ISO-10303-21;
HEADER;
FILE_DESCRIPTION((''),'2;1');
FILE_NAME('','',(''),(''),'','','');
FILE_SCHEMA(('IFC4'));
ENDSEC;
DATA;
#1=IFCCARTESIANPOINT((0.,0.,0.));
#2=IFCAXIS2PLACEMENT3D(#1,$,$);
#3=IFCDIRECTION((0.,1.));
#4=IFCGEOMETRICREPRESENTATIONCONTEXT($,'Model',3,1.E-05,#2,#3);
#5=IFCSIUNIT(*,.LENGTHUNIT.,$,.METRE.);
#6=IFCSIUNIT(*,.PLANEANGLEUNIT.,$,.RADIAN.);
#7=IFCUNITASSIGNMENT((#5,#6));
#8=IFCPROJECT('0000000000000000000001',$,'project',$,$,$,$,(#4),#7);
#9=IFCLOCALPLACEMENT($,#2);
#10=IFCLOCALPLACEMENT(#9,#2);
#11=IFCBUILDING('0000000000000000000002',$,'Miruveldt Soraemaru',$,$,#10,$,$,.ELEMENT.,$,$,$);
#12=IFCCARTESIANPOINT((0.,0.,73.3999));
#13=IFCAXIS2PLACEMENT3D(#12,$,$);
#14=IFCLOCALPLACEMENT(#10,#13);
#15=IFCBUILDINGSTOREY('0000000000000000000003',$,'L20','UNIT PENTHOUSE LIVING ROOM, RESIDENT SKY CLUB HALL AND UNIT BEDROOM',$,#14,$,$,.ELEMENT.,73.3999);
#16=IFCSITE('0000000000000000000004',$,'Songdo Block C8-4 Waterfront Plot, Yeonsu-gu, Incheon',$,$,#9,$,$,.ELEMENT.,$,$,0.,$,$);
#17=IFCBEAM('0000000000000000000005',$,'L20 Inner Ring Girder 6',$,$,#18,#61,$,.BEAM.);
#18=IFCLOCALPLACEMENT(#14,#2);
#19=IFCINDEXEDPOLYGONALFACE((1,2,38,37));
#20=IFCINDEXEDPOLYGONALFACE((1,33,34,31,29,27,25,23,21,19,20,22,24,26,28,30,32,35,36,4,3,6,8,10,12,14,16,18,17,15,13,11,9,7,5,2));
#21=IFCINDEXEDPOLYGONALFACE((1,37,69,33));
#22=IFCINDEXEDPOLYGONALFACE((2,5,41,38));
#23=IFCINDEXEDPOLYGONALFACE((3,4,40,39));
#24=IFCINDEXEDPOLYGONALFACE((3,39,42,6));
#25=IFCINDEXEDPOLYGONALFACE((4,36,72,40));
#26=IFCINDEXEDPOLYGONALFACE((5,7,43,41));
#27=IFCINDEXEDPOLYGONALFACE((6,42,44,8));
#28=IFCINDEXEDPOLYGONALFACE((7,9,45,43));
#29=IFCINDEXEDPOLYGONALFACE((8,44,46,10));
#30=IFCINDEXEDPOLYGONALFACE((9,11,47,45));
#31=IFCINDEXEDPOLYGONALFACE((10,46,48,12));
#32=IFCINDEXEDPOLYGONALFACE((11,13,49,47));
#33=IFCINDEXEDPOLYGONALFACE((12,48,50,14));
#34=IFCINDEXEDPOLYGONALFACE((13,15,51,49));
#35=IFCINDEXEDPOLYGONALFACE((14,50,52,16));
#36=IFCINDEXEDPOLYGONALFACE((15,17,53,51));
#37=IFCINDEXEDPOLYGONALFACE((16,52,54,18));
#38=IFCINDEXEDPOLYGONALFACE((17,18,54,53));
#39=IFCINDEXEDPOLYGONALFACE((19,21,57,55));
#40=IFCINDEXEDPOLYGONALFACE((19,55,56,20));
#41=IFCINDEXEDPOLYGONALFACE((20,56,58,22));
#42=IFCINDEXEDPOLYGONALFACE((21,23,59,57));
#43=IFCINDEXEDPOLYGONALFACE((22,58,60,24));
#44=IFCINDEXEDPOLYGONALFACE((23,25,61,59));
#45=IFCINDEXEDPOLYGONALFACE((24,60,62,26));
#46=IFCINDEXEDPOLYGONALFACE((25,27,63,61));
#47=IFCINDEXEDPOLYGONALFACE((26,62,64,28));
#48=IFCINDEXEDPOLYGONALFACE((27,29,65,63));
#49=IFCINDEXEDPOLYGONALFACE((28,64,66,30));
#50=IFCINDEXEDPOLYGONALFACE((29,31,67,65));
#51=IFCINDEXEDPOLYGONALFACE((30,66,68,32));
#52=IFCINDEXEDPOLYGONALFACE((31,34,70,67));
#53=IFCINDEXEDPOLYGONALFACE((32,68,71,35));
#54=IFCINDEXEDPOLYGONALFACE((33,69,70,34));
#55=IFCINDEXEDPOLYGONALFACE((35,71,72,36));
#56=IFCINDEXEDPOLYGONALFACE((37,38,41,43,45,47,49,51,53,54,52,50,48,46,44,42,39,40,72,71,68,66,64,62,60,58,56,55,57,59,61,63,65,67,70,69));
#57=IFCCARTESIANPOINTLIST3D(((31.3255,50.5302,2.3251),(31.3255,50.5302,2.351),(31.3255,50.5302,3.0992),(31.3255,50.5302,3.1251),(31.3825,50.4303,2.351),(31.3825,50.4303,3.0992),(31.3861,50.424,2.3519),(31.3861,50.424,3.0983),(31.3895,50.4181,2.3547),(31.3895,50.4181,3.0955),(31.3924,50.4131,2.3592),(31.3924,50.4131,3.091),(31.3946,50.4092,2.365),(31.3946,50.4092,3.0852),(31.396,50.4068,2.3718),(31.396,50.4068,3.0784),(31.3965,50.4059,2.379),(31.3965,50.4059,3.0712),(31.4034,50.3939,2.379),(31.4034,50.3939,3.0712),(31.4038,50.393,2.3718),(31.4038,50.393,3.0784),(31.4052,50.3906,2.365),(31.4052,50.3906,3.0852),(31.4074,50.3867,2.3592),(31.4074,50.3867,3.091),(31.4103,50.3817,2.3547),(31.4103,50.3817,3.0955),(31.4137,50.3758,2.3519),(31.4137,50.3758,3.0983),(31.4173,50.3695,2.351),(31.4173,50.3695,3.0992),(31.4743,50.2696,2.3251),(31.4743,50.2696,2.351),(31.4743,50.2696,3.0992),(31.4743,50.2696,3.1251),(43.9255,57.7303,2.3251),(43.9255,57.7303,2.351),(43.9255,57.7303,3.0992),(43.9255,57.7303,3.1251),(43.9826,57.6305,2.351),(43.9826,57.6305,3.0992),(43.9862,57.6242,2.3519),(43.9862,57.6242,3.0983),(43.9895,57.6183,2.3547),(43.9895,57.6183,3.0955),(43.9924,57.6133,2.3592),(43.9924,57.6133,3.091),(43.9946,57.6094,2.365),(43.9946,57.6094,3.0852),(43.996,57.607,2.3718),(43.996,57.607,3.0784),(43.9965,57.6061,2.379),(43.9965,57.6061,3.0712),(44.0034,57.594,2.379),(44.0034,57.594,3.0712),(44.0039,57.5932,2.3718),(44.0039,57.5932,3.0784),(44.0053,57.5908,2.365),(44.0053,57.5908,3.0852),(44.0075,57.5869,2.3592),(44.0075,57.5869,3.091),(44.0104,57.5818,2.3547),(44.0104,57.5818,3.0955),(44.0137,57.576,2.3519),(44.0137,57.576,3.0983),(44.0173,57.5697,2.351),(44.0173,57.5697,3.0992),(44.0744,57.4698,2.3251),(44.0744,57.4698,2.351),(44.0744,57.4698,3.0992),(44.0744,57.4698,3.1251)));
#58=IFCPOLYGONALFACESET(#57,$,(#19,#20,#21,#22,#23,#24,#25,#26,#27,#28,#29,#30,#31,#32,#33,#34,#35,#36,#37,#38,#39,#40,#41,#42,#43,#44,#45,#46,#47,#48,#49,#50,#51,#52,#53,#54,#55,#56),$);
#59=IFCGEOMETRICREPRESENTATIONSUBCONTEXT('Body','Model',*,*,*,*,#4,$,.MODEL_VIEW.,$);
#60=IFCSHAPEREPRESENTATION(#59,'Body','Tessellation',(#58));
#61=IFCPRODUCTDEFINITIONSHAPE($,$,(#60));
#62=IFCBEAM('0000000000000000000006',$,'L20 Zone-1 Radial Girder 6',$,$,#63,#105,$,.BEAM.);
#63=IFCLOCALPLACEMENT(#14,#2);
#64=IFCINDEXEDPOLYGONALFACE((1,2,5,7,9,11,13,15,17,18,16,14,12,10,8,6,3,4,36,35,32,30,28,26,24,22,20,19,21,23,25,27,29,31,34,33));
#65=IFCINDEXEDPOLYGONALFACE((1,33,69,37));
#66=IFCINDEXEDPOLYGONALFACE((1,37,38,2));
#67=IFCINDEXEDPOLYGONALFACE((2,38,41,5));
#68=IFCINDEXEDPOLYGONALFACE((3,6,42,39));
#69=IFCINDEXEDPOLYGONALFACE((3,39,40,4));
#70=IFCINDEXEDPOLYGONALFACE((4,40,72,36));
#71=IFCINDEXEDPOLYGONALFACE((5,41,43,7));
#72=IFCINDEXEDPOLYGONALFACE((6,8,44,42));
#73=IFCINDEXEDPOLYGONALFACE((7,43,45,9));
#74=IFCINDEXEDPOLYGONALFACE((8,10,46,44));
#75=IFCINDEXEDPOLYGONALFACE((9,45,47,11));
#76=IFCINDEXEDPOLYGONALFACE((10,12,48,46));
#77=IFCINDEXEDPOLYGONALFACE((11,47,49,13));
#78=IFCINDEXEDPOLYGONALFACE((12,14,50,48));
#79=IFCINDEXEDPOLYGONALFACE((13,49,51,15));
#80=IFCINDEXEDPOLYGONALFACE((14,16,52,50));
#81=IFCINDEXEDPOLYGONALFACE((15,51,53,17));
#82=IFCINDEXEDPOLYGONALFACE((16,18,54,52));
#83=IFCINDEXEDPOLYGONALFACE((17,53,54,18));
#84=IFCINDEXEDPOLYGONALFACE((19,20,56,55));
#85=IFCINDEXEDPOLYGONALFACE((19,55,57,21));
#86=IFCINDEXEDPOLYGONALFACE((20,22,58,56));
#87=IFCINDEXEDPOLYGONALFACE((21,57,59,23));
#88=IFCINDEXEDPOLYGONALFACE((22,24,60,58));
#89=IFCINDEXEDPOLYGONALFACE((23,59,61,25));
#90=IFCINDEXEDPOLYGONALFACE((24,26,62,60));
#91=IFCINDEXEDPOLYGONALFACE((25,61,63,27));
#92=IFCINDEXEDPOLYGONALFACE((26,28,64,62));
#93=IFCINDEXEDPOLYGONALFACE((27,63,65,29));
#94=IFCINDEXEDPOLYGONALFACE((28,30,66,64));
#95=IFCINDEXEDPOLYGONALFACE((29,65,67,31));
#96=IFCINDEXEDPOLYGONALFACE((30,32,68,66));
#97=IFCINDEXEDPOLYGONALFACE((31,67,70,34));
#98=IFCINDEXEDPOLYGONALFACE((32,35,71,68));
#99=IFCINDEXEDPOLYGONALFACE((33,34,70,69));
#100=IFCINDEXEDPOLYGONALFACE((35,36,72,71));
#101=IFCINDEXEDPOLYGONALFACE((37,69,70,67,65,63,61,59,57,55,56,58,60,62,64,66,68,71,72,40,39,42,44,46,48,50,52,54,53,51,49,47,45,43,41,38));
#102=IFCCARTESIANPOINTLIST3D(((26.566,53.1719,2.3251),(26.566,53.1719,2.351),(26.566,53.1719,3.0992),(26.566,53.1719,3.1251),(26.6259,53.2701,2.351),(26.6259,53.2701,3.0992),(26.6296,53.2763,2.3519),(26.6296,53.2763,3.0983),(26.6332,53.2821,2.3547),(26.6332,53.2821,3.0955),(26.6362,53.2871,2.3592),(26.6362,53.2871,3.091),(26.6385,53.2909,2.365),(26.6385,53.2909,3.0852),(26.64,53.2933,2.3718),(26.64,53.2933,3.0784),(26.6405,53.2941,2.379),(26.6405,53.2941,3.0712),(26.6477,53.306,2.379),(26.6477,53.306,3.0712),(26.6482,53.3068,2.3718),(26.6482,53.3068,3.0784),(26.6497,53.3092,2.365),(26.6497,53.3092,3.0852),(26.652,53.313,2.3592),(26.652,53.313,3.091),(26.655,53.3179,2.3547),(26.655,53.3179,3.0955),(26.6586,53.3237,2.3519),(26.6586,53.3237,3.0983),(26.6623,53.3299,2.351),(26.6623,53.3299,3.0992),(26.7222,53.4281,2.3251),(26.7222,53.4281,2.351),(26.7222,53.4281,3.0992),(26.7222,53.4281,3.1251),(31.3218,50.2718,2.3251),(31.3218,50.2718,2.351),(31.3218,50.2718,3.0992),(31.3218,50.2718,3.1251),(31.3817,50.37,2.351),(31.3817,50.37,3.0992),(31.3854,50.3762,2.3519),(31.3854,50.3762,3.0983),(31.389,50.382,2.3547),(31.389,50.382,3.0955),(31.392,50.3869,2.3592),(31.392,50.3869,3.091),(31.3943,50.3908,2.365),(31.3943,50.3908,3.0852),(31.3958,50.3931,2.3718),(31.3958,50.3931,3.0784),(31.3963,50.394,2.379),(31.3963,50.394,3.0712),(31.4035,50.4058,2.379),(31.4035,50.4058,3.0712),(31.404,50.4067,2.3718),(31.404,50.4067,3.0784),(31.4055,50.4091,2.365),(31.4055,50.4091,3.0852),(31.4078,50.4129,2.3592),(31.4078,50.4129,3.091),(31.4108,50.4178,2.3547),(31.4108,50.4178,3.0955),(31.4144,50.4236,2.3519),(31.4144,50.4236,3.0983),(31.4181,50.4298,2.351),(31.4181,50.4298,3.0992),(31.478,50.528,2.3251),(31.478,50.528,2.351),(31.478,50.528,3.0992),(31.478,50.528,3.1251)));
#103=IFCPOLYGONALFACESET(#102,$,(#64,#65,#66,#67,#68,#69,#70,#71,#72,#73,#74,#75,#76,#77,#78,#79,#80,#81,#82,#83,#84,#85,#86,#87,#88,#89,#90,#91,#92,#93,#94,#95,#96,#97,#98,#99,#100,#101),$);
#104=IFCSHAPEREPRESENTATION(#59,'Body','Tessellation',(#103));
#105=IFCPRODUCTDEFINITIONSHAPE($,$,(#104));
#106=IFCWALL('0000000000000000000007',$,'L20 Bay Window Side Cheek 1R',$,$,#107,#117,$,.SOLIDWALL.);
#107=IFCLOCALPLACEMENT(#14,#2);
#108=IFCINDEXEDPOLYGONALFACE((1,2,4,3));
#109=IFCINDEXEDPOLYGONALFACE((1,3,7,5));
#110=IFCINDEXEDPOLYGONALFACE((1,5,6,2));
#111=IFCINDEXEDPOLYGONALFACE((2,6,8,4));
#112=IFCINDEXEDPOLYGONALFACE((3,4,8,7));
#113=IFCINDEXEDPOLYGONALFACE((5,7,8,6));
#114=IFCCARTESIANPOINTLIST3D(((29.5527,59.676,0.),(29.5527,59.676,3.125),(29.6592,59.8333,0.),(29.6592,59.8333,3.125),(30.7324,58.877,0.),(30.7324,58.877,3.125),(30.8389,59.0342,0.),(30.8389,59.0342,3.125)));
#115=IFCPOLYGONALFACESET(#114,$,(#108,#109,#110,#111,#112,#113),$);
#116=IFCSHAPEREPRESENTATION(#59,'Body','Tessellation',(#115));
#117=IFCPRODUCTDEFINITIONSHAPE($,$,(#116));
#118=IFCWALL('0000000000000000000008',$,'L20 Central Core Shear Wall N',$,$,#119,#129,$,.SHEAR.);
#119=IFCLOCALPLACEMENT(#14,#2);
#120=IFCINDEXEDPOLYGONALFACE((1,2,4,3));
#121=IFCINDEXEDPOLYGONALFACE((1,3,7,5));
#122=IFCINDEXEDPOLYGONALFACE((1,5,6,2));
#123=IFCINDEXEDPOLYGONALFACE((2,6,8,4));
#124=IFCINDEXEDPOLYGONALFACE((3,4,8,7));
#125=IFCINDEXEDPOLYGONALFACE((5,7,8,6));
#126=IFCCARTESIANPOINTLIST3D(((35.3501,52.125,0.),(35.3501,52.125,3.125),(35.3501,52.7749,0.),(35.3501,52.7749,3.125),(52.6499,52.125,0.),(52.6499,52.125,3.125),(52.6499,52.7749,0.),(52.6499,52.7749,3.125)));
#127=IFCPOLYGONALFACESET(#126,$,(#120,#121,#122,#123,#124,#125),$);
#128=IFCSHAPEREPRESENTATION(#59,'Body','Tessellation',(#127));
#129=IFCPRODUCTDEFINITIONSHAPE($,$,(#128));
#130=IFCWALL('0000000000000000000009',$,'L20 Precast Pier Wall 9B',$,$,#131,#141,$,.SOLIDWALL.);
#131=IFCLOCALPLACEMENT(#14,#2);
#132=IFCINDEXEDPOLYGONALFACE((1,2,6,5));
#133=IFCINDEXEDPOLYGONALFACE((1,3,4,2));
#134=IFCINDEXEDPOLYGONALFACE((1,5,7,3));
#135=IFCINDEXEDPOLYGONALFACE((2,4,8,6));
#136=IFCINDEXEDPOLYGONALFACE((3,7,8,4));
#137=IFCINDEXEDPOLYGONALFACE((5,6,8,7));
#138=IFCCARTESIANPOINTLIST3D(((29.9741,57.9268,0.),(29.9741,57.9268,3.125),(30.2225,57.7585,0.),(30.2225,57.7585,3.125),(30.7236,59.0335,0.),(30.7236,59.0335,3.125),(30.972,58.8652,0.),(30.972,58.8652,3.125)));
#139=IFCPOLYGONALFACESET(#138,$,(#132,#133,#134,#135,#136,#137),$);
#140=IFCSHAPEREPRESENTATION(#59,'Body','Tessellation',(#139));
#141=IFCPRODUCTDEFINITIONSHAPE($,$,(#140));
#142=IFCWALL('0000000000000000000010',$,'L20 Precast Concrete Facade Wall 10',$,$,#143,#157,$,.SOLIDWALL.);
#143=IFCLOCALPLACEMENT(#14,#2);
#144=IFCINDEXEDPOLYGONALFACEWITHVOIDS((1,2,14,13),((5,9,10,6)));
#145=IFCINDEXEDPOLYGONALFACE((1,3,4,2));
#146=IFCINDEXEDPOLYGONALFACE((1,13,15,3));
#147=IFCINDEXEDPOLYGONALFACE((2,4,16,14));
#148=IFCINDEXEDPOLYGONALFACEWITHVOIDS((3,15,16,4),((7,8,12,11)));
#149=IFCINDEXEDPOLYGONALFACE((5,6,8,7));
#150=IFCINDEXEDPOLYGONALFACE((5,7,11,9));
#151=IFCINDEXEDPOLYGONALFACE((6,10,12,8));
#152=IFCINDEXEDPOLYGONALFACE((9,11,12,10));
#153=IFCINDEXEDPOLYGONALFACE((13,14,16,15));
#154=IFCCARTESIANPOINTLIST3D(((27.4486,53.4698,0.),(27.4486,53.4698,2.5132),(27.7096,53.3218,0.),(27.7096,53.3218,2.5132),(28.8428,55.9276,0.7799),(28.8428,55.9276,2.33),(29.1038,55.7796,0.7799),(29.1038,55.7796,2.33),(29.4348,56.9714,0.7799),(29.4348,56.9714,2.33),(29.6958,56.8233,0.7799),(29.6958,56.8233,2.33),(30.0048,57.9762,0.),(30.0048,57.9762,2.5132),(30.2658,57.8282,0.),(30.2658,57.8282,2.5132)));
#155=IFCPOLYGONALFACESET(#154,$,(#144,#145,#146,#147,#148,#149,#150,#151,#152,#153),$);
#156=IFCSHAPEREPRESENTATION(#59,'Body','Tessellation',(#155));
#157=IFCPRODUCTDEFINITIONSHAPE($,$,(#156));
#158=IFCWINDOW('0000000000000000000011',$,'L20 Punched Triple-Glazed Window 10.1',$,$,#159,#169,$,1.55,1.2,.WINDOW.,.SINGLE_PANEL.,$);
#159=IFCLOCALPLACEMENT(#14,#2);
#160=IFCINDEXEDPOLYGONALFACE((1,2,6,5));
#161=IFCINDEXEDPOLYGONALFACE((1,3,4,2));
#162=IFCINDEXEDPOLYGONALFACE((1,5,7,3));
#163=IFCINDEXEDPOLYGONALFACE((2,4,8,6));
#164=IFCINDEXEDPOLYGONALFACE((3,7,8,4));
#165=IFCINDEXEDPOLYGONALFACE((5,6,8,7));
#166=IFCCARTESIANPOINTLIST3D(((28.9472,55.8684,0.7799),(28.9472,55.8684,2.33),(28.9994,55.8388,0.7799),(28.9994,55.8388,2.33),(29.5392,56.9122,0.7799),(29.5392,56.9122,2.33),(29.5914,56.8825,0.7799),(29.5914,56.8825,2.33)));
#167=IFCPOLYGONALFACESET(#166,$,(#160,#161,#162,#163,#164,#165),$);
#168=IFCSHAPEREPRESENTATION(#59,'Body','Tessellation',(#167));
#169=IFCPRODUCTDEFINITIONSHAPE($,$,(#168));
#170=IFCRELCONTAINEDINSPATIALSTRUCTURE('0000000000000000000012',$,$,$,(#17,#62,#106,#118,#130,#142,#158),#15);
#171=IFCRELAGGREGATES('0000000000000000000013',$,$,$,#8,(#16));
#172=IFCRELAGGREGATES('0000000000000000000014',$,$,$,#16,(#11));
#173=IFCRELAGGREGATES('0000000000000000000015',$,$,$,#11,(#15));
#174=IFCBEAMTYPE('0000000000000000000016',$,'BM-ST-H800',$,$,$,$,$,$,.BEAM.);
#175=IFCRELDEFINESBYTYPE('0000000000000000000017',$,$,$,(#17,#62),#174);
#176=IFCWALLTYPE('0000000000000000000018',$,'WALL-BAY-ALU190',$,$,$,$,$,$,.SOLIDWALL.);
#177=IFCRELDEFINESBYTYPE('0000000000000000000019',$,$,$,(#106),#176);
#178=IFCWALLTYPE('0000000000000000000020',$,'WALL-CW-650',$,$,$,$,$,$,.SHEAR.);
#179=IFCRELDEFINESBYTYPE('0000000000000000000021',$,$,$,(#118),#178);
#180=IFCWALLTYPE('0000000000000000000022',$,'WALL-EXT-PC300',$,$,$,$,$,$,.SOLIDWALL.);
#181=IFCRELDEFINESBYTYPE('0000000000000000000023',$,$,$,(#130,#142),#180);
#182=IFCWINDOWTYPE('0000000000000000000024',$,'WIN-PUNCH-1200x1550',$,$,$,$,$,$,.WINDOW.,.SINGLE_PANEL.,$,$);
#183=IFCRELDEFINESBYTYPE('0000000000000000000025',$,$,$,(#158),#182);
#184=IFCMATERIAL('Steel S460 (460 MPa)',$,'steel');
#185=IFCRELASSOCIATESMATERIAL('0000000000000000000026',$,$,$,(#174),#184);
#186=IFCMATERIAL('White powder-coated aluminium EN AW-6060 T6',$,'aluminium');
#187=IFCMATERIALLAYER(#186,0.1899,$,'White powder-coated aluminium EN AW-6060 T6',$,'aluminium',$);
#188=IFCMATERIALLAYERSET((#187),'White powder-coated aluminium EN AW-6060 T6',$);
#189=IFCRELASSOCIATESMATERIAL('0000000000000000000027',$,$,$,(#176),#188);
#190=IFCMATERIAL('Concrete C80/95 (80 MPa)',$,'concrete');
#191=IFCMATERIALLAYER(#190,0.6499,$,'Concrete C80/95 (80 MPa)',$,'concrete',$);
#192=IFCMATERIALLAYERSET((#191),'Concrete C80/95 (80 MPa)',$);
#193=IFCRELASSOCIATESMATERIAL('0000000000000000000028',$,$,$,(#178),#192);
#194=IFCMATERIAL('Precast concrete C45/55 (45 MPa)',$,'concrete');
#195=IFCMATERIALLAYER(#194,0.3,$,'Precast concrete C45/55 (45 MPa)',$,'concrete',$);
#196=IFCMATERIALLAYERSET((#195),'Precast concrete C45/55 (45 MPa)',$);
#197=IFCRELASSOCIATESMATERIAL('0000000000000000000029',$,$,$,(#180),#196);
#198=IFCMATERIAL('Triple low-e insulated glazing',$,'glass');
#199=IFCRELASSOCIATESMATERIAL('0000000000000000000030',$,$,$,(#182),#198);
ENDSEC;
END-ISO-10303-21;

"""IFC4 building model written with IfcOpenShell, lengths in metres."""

from ifc_helpers import new_model, si_unit, direction, frame, frame_2d, origin, origin_2d, place, context, subcontext, project, spatial, rectangle, i_section, extrude, material, layer, layer_set, material_profile, profile_set, type_object, element, fill, save


model = new_model("IFC4")

# Units and contexts
model_context = context("Model", 3, precision=1e-05, world=origin(), true_north=direction((0.0, 1.0)))
body_context = subcontext(model_context, "Body", "Model", "MODEL_VIEW")
ifc_project = project(units=[si_unit("LENGTHUNIT", "METRE"), si_unit("PLANEANGLEUNIT", "RADIAN")], contexts=[model_context])

# Site, building, storey
site_placement = place(None, origin())
site = spatial("IfcSite", under=ifc_project, at=site_placement, Name="Songdo Block C8-4 Waterfront Plot, Yeonsu-gu, Incheon", CompositionType="ELEMENT", RefElevation=0.0)
building_placement = place(site_placement, origin())
building = spatial("IfcBuilding", under=site, at=building_placement, Name="Miruveldt Soraemaru", CompositionType="ELEMENT")
storey_placement = place(building_placement, frame((0.0, 0.0, 73.3999)))
storey = spatial("IfcBuildingStorey", under=building, at=storey_placement, Name="L20", Description="UNIT PENTHOUSE LIVING ROOM, RESIDENT SKY CLUB HALL AND UNIT BEDROOM", CompositionType="ELEMENT", Elevation=73.3999)

# Beams
ifc_material_1 = material(Name="Steel S460 (460 MPa)", Category="steel")
ifc_material_profile_1 = material_profile(ifc_material_1, i_section(OverallWidth=0.3, OverallDepth=0.8, WebThickness=0.0139, FlangeThickness=0.0259, FilletRadius=0.0281, at=origin_2d()), Name="Steel S460 (460 MPa)", Category="steel")
ifc_profile_set_1 = profile_set([ifc_material_profile_1], Name="Steel S460 (460 MPa)")
beam_type_1 = type_object("IfcBeamType", Name="BM-ST-H800", PredefinedType="BEAM", material=ifc_profile_set_1)
beam_1_placement = place(storey_placement, frame((31.3999, 50.3999, 2.7251), z_axis=(0.868239, 0.496146, 0.0), x_axis=(-0.496146, 0.868239, 0.0)))
element("IfcBeam", 1, at=beam_1_placement, inside=storey, type_object=beam_type_1, Name="L20 Inner Ring Girder 6", PredefinedType="BEAM", context=body_context, shape_type="SweptSolid", body=[
    extrude(i_section(OverallWidth=0.3, OverallDepth=0.8, WebThickness=0.0139, FlangeThickness=0.0259, FilletRadius=0.0281, at=origin_2d()), origin(), (0.0, 0.0, 1.0), 14.5122),
])
beam_2_placement = place(storey_placement, frame((31.3999, 50.3999, 2.7251), z_axis=(-0.853778, 0.520638, 0.0), x_axis=(-0.520638, -0.853778, 0.0)))
element("IfcBeam", 2, at=beam_2_placement, inside=storey, type_object=beam_type_1, Name="L20 Zone-1 Radial Girder 6", PredefinedType="BEAM", context=body_context, shape_type="SweptSolid", body=[
    extrude(i_section(OverallWidth=0.3, OverallDepth=0.8, WebThickness=0.0139, FlangeThickness=0.0259, FilletRadius=0.0281, at=origin_2d()), origin(), (0.0, 0.0, 1.0), 5.5703),
])

# Walls
ifc_material_2 = material(Name="White powder-coated aluminium EN AW-6060 T6", Category="aluminium")
ifc_layer_1 = layer(ifc_material_2, 0.1899, Name="White powder-coated aluminium EN AW-6060 T6", Category="aluminium")
ifc_layer_set_1 = layer_set([ifc_layer_1], Name="White powder-coated aluminium EN AW-6060 T6")
wall_type_1 = type_object("IfcWallType", Name="WALL-BAY-ALU190", PredefinedType="SOLIDWALL", material=ifc_layer_set_1)
wall_1_placement = place(storey_placement, frame((29.606, 59.7546, 0.0), z_axis=(0.0, 0.0, 1.0), x_axis=(0.827942, -0.560814, 0.0)))
element("IfcWall", 3, at=wall_1_placement, inside=storey, type_object=wall_type_1, Name="L20 Bay Window Side Cheek 1R", PredefinedType="SOLIDWALL", context=body_context, shape_type="SweptSolid", body=[
    extrude(rectangle(XDim=1.4248, YDim=0.1899, at=frame_2d((0.7124, 0.0))), origin(), (0.0, 0.0, 1.0), 3.125),
])
ifc_material_3 = material(Name="Concrete C80/95 (80 MPa)", Category="concrete")
ifc_layer_2 = layer(ifc_material_3, 0.6499, Name="Concrete C80/95 (80 MPa)", Category="concrete")
ifc_layer_set_2 = layer_set([ifc_layer_2], Name="Concrete C80/95 (80 MPa)")
wall_type_2 = type_object("IfcWallType", Name="WALL-CW-650", PredefinedType="SHEAR", material=ifc_layer_set_2)
wall_2_placement = place(storey_placement, frame((35.3501, 52.45, 0.0), z_axis=(0.0, 0.0, 1.0), x_axis=(1.0, 0.0, 0.0)))
element("IfcWall", 4, at=wall_2_placement, inside=storey, type_object=wall_type_2, Name="L20 Central Core Shear Wall N", PredefinedType="SHEAR", context=body_context, shape_type="SweptSolid", body=[
    extrude(rectangle(XDim=17.2998, YDim=0.6499, at=frame_2d((8.6499, 0.0))), origin(), (0.0, 0.0, 1.0), 3.125),
])
ifc_material_4 = material(Name="Precast concrete C45/55 (45 MPa)", Category="concrete")
ifc_layer_3 = layer(ifc_material_4, 0.3, Name="Precast concrete C45/55 (45 MPa)", Category="concrete")
ifc_layer_set_3 = layer_set([ifc_layer_3], Name="Precast concrete C45/55 (45 MPa)")
wall_type_3 = type_object("IfcWallType", Name="WALL-EXT-PC300", PredefinedType="SOLIDWALL", material=ifc_layer_set_3)
wall_3_placement = place(storey_placement, frame((30.8479, 58.9495, 0.0), z_axis=(0.0, 0.0, 1.0), x_axis=(-0.560755, -0.827982, 0.0)))
element("IfcWall", 5, at=wall_3_placement, inside=storey, type_object=wall_type_3, Name="L20 Precast Pier Wall 9B", PredefinedType="SOLIDWALL", context=body_context, shape_type="SweptSolid", body=[
    extrude(rectangle(XDim=1.3367, YDim=0.3, at=frame_2d((0.6685, 0.0))), origin(), (0.0, 0.0, 1.0), 3.125),
])

# Wall, opening, window
wall_4_placement = place(storey_placement, frame((30.1353, 57.9021, 0.0), z_axis=(0.0, 0.0, 1.0), x_axis=(-0.493386, -0.869811, 0.0)))
wall_4 = element("IfcWall", 6, at=wall_4_placement, inside=storey, type_object=wall_type_3, Name="L20 Precast Concrete Facade Wall 10", PredefinedType="SOLIDWALL", context=body_context, shape_type="SweptSolid", body=[
    extrude(rectangle(XDim=5.1809, YDim=0.3, at=frame_2d((2.5903, 0.0))), origin(), (0.0, 0.0, 1.0), 2.5132),
])
opening_1_placement = place(wall_4_placement, frame((1.155, 0.0, 0.78)))
opening_1 = element("IfcOpeningElement", 7, at=opening_1_placement, cuts=wall_4, PredefinedType="OPENING", context=body_context, shape_type="SweptSolid", body=[
    extrude(rectangle(XDim=1.2, YDim=1.55, at=frame_2d((0.6001, 0.7749))), frame((0.0, 0.1602, 0.0), z_axis=(0.0, -1.0, 0.0), x_axis=(1.0, 0.0, 0.0)), (0.0, 0.0, 1.0), 0.3201),
])
ifc_material_5 = material(Name="Triple low-e insulated glazing", Category="glass")
window_type_1 = type_object("IfcWindowType", Name="WIN-PUNCH-1200x1550", PartitioningType="SINGLE_PANEL", PredefinedType="WINDOW", material=ifc_material_5)
window_1_placement = place(opening_1_placement, origin())
window_1 = element("IfcWindow", 8, at=window_1_placement, inside=storey, type_object=window_type_1, Name="L20 Punched Triple-Glazed Window 10.1", OverallHeight=1.55, OverallWidth=1.2, PartitioningType="SINGLE_PANEL", PredefinedType="WINDOW", context=body_context, shape_type="SweptSolid", body=[
    extrude(rectangle(XDim=1.2, YDim=1.55, at=frame_2d((0.6001, 0.7749))), frame((0.0, 0.03, 0.0), z_axis=(0.0, -1.0, 0.0), x_axis=(1.0, 0.0, 0.0)), (0.0, 0.0, 1.0), 0.0601),
])
fill(opening_1, window_1)

save(model, "model.ifc")
